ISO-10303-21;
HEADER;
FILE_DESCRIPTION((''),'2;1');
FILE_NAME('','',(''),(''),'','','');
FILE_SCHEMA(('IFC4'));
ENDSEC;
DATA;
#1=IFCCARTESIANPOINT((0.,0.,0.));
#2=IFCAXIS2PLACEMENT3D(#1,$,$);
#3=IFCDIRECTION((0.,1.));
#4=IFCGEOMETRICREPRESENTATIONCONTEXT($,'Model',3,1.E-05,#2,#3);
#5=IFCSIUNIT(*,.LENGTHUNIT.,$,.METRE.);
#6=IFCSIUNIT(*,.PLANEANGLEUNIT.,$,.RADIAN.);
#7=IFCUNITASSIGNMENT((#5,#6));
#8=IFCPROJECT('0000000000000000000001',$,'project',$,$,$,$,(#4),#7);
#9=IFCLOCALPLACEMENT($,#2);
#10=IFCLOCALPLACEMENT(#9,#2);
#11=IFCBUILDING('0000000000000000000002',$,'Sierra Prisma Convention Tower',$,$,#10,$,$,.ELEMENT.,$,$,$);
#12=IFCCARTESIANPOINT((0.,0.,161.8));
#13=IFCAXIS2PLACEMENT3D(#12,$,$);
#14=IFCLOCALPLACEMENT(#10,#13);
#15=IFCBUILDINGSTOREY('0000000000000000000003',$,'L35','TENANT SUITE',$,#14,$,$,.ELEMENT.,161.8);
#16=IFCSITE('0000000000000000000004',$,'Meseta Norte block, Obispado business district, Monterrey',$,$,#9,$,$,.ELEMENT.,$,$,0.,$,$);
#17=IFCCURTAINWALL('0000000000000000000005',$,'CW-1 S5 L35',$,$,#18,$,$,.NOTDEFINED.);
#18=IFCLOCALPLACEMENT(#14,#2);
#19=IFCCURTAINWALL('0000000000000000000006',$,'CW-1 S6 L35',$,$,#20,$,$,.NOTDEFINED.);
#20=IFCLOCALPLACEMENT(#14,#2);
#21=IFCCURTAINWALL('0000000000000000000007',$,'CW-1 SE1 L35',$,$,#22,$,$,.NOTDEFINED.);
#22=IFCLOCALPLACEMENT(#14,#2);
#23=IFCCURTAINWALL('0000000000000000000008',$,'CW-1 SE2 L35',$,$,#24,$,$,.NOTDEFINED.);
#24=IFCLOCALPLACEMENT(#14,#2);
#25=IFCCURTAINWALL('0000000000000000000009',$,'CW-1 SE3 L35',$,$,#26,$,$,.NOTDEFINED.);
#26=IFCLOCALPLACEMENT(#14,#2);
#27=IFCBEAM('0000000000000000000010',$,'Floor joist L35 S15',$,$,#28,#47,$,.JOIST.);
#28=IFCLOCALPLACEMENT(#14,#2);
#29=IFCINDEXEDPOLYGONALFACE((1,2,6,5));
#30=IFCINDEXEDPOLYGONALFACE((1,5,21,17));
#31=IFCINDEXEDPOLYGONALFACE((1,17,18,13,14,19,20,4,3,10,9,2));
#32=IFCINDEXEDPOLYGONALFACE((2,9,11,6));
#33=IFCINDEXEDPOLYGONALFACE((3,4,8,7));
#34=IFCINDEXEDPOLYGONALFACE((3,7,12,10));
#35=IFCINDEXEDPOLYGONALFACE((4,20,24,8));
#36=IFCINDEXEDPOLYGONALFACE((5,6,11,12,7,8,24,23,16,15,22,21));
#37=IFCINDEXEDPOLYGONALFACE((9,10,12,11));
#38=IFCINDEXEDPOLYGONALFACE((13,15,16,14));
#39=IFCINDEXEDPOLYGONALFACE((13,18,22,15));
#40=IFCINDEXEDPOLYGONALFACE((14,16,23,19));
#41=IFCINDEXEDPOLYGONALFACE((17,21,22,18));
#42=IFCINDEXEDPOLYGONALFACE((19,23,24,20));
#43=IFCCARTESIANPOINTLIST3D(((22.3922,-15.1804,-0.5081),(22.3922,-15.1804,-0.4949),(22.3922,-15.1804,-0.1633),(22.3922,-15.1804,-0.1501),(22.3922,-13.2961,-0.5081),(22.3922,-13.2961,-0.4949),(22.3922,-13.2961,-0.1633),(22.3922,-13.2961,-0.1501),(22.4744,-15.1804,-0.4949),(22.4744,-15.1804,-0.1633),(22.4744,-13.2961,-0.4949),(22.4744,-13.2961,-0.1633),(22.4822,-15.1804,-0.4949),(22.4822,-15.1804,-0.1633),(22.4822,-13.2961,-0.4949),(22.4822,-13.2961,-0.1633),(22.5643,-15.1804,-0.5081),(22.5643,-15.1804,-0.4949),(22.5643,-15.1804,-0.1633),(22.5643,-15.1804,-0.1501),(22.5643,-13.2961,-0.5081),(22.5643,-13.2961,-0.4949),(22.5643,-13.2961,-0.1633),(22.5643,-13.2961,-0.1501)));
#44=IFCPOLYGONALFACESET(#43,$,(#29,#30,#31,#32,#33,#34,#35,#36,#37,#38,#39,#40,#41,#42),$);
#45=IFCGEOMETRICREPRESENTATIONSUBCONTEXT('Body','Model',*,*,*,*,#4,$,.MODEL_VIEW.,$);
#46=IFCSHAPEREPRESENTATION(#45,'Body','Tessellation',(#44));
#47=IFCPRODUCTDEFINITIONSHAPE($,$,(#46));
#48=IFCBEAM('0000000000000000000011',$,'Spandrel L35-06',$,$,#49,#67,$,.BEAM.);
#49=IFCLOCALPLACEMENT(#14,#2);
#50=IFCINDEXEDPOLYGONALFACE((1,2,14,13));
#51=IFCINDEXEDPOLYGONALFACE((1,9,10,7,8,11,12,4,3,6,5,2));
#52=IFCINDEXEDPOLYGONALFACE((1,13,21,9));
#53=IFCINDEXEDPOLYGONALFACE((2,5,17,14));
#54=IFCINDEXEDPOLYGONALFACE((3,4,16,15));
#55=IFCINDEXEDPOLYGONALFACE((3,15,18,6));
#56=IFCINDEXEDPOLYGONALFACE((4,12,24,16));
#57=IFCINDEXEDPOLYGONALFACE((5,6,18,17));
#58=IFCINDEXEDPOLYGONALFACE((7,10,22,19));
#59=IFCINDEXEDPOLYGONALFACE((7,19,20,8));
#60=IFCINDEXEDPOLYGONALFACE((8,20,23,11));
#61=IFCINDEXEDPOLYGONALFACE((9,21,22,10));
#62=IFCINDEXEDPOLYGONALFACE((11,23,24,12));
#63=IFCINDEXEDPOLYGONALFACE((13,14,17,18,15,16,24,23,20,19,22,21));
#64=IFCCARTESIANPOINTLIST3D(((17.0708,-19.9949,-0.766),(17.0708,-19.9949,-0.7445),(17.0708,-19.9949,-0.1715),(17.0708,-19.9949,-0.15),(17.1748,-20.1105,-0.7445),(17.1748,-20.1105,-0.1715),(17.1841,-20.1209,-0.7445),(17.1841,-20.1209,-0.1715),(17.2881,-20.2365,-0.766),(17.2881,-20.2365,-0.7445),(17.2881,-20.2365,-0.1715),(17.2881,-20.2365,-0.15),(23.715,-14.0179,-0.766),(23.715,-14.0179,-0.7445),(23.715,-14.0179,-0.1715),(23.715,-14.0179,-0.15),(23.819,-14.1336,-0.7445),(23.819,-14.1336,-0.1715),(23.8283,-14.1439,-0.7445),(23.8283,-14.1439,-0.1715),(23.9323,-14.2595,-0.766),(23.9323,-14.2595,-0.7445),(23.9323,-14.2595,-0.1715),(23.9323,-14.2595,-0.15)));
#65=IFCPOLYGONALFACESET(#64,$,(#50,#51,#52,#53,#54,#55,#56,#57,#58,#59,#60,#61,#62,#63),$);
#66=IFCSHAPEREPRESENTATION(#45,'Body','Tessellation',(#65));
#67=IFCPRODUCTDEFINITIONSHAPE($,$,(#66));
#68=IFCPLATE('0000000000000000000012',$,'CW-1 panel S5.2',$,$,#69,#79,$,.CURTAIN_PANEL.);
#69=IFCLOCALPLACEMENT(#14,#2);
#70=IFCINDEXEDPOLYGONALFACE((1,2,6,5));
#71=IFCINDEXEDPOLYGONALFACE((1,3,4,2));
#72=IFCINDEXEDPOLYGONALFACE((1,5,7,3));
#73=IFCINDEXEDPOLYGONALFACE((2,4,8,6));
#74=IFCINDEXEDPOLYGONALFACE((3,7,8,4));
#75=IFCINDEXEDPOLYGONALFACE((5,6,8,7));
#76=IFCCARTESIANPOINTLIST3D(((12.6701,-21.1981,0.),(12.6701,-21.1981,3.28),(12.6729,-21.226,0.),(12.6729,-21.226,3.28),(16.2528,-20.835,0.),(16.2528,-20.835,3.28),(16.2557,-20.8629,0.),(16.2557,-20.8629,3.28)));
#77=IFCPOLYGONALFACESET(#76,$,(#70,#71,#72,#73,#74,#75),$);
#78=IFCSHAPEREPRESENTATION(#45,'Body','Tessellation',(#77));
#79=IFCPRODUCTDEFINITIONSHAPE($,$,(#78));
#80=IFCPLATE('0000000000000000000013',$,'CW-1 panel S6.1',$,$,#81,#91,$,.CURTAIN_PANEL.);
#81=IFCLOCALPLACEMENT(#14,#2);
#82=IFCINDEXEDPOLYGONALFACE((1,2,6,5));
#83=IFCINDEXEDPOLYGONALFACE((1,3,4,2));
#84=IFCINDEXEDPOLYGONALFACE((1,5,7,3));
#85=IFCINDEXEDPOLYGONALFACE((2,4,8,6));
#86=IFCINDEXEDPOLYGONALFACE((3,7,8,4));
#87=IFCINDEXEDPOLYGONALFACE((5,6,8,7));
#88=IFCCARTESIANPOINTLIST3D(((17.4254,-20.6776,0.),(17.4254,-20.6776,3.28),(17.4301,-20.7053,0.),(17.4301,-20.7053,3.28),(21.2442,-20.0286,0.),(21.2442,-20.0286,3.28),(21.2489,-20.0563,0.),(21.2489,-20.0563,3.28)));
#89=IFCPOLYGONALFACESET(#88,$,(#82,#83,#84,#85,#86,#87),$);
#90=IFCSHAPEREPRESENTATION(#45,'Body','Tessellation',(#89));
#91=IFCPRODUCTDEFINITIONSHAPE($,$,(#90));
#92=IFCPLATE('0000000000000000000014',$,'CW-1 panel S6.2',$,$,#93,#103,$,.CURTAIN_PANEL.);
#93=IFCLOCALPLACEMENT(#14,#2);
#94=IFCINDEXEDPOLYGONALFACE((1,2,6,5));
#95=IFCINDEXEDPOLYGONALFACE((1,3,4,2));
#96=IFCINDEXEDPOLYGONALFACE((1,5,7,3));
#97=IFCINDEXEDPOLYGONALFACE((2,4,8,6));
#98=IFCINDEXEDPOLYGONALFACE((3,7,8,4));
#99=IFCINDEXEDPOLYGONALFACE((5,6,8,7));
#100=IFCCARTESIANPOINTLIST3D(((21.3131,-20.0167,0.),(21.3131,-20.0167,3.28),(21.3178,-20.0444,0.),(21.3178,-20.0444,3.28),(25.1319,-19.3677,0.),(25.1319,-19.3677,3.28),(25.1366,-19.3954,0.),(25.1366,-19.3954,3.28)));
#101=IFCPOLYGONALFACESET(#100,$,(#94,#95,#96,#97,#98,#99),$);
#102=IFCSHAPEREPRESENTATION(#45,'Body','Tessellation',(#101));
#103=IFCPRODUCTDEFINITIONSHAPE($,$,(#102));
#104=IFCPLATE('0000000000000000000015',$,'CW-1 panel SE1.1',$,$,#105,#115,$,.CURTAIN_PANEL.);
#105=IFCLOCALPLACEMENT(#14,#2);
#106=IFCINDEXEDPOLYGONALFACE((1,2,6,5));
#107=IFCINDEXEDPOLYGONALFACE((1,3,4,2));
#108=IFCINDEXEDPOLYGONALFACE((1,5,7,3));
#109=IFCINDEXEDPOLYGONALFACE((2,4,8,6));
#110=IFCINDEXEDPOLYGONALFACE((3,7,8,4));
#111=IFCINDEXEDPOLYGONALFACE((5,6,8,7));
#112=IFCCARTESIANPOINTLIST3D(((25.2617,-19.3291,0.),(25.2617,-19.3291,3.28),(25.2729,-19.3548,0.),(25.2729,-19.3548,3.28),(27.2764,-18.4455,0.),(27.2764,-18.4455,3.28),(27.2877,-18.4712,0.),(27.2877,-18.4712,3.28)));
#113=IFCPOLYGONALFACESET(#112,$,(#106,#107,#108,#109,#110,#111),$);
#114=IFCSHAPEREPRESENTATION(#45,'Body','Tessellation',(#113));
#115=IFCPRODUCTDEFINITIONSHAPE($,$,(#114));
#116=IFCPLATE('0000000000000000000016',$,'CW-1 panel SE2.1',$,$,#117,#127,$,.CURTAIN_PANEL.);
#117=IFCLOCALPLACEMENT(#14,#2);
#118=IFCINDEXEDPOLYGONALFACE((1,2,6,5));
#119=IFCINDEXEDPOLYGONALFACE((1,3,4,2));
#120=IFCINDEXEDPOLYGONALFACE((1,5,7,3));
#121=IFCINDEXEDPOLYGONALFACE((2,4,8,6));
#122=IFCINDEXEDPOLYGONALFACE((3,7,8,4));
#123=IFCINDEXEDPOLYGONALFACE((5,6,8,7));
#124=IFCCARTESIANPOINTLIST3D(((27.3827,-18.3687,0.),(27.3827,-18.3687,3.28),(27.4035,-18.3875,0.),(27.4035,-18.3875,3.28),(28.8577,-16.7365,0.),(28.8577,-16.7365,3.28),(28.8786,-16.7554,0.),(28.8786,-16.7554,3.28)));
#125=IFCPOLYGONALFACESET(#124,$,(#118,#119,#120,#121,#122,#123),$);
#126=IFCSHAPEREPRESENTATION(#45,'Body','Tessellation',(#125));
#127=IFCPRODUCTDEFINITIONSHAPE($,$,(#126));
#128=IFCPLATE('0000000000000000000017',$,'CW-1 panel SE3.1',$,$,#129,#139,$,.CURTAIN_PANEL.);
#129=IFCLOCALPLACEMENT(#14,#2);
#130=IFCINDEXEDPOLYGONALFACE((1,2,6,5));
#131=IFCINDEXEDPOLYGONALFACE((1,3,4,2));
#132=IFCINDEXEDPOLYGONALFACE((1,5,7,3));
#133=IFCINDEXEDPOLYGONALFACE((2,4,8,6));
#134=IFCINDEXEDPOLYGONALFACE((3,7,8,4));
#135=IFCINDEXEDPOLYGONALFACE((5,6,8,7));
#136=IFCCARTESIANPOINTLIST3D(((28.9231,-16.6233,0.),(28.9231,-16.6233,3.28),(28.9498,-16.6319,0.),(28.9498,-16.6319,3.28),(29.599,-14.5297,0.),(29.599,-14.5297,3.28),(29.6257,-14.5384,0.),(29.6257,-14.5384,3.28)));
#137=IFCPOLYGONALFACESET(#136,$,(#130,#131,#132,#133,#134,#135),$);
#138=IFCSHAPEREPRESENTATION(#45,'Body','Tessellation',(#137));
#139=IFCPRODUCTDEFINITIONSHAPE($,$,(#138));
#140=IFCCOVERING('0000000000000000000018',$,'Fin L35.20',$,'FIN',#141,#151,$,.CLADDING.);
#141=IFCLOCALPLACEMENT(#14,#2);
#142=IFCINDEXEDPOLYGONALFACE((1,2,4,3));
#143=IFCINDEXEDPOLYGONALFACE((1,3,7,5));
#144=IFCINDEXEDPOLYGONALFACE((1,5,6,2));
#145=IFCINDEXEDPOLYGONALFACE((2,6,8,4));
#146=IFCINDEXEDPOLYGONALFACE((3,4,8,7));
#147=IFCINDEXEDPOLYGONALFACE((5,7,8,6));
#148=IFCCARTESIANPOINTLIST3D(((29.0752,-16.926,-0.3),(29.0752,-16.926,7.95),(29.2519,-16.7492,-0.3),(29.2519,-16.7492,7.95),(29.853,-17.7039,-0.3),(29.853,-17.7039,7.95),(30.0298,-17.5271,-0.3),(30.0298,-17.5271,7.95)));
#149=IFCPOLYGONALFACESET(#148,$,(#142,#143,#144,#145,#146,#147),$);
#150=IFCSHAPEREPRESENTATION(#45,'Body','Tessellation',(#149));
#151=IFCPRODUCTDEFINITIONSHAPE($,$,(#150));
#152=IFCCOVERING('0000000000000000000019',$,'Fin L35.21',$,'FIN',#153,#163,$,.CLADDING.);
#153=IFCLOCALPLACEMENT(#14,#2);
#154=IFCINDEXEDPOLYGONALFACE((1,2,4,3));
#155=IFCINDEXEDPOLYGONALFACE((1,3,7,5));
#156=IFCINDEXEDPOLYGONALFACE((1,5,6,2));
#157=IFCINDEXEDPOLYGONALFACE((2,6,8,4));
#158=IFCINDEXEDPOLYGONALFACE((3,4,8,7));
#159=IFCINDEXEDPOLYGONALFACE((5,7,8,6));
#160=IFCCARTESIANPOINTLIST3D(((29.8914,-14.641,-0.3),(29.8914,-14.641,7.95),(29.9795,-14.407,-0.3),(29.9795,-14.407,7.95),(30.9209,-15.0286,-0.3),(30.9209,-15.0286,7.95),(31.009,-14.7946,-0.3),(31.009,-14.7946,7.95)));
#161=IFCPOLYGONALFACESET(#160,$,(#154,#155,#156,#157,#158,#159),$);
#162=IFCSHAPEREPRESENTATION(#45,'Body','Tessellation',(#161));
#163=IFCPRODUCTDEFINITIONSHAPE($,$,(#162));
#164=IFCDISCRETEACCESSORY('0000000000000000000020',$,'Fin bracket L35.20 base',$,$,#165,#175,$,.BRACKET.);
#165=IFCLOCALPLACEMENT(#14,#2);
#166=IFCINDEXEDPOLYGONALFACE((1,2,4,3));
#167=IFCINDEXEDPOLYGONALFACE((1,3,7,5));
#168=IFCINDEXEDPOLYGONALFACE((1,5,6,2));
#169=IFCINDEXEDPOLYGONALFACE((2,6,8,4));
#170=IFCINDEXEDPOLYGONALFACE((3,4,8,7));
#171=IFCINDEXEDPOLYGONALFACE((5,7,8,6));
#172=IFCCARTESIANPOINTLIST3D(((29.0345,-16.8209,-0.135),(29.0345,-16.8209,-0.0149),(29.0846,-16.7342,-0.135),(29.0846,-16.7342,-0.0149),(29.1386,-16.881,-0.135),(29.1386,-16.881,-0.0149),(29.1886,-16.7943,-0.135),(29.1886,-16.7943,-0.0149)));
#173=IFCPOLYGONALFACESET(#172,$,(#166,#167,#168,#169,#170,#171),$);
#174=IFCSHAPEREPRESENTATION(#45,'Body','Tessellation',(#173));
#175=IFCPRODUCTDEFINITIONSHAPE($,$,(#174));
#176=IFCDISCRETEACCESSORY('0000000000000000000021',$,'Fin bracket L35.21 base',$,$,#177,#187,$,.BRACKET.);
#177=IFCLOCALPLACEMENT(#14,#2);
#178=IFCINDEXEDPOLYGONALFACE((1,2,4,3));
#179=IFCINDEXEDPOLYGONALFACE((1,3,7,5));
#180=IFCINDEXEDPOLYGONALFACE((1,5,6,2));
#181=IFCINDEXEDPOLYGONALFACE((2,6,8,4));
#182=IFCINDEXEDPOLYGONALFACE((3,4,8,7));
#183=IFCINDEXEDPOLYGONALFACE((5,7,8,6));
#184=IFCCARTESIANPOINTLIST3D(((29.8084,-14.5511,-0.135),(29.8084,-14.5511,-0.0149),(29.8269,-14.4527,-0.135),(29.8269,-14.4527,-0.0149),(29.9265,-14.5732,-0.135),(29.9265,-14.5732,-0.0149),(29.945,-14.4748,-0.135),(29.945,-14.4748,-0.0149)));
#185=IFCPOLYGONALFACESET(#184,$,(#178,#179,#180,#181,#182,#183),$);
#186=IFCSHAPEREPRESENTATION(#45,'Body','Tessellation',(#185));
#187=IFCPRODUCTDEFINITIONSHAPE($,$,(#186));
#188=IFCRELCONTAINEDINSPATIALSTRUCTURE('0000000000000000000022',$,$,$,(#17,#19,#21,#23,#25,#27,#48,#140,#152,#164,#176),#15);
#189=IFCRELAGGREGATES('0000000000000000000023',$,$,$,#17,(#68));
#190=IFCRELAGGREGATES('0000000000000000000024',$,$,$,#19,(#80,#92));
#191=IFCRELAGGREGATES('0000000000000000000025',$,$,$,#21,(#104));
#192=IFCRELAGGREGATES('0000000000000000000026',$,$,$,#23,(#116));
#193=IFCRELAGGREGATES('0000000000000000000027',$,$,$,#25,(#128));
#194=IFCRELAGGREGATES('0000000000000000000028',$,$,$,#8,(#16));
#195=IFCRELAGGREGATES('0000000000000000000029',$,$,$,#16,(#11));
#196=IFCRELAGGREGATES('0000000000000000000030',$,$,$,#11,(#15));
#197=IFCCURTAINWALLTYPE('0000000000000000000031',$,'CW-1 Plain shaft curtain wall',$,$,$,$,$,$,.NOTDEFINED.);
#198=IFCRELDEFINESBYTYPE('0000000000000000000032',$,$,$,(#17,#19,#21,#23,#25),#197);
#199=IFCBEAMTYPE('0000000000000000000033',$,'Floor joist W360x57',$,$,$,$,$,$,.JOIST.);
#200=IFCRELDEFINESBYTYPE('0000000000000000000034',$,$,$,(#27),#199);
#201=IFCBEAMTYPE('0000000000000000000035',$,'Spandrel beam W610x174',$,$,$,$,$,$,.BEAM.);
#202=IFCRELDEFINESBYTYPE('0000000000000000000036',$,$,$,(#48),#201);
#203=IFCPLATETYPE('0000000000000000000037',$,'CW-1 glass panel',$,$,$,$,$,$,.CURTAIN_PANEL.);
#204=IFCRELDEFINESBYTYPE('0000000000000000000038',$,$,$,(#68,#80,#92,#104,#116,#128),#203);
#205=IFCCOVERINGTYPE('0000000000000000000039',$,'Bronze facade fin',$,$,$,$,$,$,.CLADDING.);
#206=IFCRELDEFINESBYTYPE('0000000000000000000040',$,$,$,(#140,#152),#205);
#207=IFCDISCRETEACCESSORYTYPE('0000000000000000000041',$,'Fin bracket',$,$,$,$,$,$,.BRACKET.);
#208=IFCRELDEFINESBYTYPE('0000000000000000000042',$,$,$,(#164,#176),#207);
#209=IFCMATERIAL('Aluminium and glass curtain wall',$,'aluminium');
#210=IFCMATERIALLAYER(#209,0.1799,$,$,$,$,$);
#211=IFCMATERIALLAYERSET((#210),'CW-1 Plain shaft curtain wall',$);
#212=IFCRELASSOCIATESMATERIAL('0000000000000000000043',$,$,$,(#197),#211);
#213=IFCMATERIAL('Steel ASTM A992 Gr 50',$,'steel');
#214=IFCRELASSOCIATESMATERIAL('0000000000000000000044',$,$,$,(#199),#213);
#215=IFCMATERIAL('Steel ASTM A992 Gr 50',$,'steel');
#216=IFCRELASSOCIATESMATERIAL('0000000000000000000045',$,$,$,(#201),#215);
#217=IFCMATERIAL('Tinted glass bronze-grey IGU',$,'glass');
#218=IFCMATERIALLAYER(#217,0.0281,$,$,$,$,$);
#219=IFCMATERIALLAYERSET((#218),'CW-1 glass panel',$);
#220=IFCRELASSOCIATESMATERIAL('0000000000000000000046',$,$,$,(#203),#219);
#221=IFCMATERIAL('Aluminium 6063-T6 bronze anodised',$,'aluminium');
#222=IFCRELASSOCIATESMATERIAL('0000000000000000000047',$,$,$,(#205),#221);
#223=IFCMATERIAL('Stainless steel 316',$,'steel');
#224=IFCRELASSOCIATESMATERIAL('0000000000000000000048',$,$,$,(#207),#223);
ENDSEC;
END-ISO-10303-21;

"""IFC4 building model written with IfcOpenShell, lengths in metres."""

from ifc_helpers import new_model, si_unit, direction, frame, origin, origin_2d, place, context, subcontext, project, spatial, rectangle, i_section, extrude, material, layer, layer_set, material_profile, profile_set, type_object, element, aggregate, save


model = new_model("IFC4")

# Units and contexts
model_context = context("Model", 3, precision=1e-05, world=origin(), true_north=direction((0.0, 1.0)))
body_context = subcontext(model_context, "Body", "Model", "MODEL_VIEW")
ifc_project = project(units=[si_unit("LENGTHUNIT", "METRE"), si_unit("PLANEANGLEUNIT", "RADIAN")], contexts=[model_context])

# Site, building, storey
site_placement = place(None, origin())
site = spatial("IfcSite", under=ifc_project, at=site_placement, Name="Meseta Norte block, Obispado business district, Monterrey", CompositionType="ELEMENT", RefElevation=0.0)
building_placement = place(site_placement, origin())
building = spatial("IfcBuilding", under=site, at=building_placement, Name="Sierra Prisma Convention Tower", CompositionType="ELEMENT")
storey_placement = place(building_placement, frame((0.0, 0.0, 161.8)))
storey = spatial("IfcBuildingStorey", under=building, at=storey_placement, Name="L35", Description="TENANT SUITE", CompositionType="ELEMENT", Elevation=161.8)

# Curtain walls
ifc_material_1 = material(Name="Aluminium and glass curtain wall", Category="aluminium")
ifc_layer_1 = layer(ifc_material_1, 0.1799)
ifc_layer_set_1 = layer_set([ifc_layer_1], Name="CW-1 Plain shaft curtain wall")
curtain_wall_type = type_object("IfcCurtainWallType", Name="CW-1 Plain shaft curtain wall", PredefinedType="NOTDEFINED", material=ifc_layer_set_1)
curtain_wall_1_placement = place(storey_placement, origin())
curtain_wall_1 = element("IfcCurtainWall", 1, at=curtain_wall_1_placement, inside=storey, type_object=curtain_wall_type, Name="CW-1 S5 L35", PredefinedType="NOTDEFINED")
curtain_wall_2_placement = place(storey_placement, origin())
curtain_wall_2 = element("IfcCurtainWall", 2, at=curtain_wall_2_placement, inside=storey, type_object=curtain_wall_type, Name="CW-1 S6 L35", PredefinedType="NOTDEFINED")
curtain_wall_3_placement = place(storey_placement, origin())
curtain_wall_3 = element("IfcCurtainWall", 3, at=curtain_wall_3_placement, inside=storey, type_object=curtain_wall_type, Name="CW-1 SE1 L35", PredefinedType="NOTDEFINED")
curtain_wall_4_placement = place(storey_placement, origin())
curtain_wall_4 = element("IfcCurtainWall", 4, at=curtain_wall_4_placement, inside=storey, type_object=curtain_wall_type, Name="CW-1 SE2 L35", PredefinedType="NOTDEFINED")
curtain_wall_5_placement = place(storey_placement, origin())
curtain_wall_5 = element("IfcCurtainWall", 5, at=curtain_wall_5_placement, inside=storey, type_object=curtain_wall_type, Name="CW-1 SE3 L35", PredefinedType="NOTDEFINED")

# Beams
ifc_material_2 = material(Name="Steel ASTM A992 Gr 50", Category="steel")
ifc_material_profile_1 = material_profile(ifc_material_2, i_section(OverallWidth=0.1721, OverallDepth=0.3579, WebThickness=0.0078, FlangeThickness=0.0132, at=origin_2d()), Name="W360x57")
ifc_profile_set_1 = profile_set([ifc_material_profile_1], Name="Steel ASTM A992 Gr 50")
beam_type_1 = type_object("IfcBeamType", Name="Floor joist W360x57", PredefinedType="JOIST", material=ifc_profile_set_1)
beam_1_placement = place(storey_placement, frame((22.4783, -15.1804, -0.3291), z_axis=(0.0, 1.0, 0.0), x_axis=(-1.0, 0.0, 0.0)))
element("IfcBeam", 6, at=beam_1_placement, inside=storey, type_object=beam_type_1, Name="Floor joist L35 S15", PredefinedType="JOIST", context=body_context, shape_type="SweptSolid", body=[
    extrude(i_section(OverallWidth=0.1721, OverallDepth=0.3579, WebThickness=0.0078, FlangeThickness=0.0132, at=origin_2d()), origin(), (0.0, 0.0, 1.0), 1.8843),
])
ifc_material_3 = material(Name="Steel ASTM A992 Gr 50", Category="steel")
ifc_material_profile_2 = material_profile(ifc_material_3, i_section(OverallWidth=0.325, OverallDepth=0.616, WebThickness=0.0139, FlangeThickness=0.0215, at=origin_2d()), Name="W610x174")
ifc_profile_set_2 = profile_set([ifc_material_profile_2], Name="Steel ASTM A992 Gr 50")
beam_type_2 = type_object("IfcBeamType", Name="Spandrel beam W610x174", PredefinedType="BEAM", material=ifc_profile_set_2)
beam_2_placement = place(storey_placement, frame((17.1794, -20.1157, -0.458), z_axis=(0.74345, 0.668791, 0.0), x_axis=(-0.668791, 0.74345, 0.0)))
element("IfcBeam", 7, at=beam_2_placement, inside=storey, type_object=beam_type_2, Name="Spandrel L35-06", PredefinedType="BEAM", context=body_context, shape_type="SweptSolid", body=[
    extrude(i_section(OverallWidth=0.325, OverallDepth=0.616, WebThickness=0.0139, FlangeThickness=0.0215, at=origin_2d()), origin(), (0.0, 0.0, 1.0), 8.937),
])

# Plates
ifc_material_4 = material(Name="Tinted glass bronze-grey IGU", Category="glass")
ifc_layer_2 = layer(ifc_material_4, 0.0281)
ifc_layer_set_2 = layer_set([ifc_layer_2], Name="CW-1 glass panel")
plate_type = type_object("IfcPlateType", Name="CW-1 glass panel", PredefinedType="CURTAIN_PANEL", material=ifc_layer_set_2)
plate_1_placement = place(storey_placement, frame((14.4629, -21.0305, 0.0), z_axis=(0.0, 0.0, 1.0), x_axis=(0.994903, 0.100833, 0.0)))
plate_1 = element("IfcPlate", 8, at=plate_1_placement, type_object=plate_type, Name="CW-1 panel S5.2", PredefinedType="CURTAIN_PANEL", context=body_context, shape_type="SweptSolid", body=[
    extrude(rectangle(XDim=3.6011, YDim=0.0281, at=origin_2d()), origin(), (0.0, 0.0, 1.0), 3.28),
])
aggregate(curtain_wall_1, [plate_1])
plate_2_placement = place(storey_placement, frame((19.3372, -20.3669, 0.0), z_axis=(0.0, 0.0, 1.0), x_axis=(0.985864, 0.167548, 0.0)))
plate_2 = element("IfcPlate", 9, at=plate_2_placement, type_object=plate_type, Name="CW-1 panel S6.1", PredefinedType="CURTAIN_PANEL", context=body_context, shape_type="SweptSolid", body=[
    extrude(rectangle(XDim=3.8735, YDim=0.0281, at=origin_2d()), origin(), (0.0, 0.0, 1.0), 3.28),
])
plate_3_placement = place(storey_placement, frame((23.2249, -19.7061, 0.0), z_axis=(0.0, 0.0, 1.0), x_axis=(0.985864, 0.167548, 0.0)))
plate_3 = element("IfcPlate", 10, at=plate_3_placement, type_object=plate_type, Name="CW-1 panel S6.2", PredefinedType="CURTAIN_PANEL", context=body_context, shape_type="SweptSolid", body=[
    extrude(rectangle(XDim=3.8735, YDim=0.0281, at=origin_2d()), origin(), (0.0, 0.0, 1.0), 3.28),
])
aggregate(curtain_wall_2, [plate_2, plate_3])
plate_4_placement = place(storey_placement, frame((26.2747, -18.9001, 0.0), z_axis=(0.0, 0.0, 1.0), x_axis=(0.915798, 0.40164, 0.0)))
plate_4 = element("IfcPlate", 11, at=plate_4_placement, type_object=plate_type, Name="CW-1 panel SE1.1", PredefinedType="CURTAIN_PANEL", context=body_context, shape_type="SweptSolid", body=[
    extrude(rectangle(XDim=2.2, YDim=0.0281, at=origin_2d()), origin(), (0.0, 0.0, 1.0), 3.28),
])
aggregate(curtain_wall_3, [plate_4])
plate_5_placement = place(storey_placement, frame((28.1306, -17.562, 0.0), z_axis=(0.0, 0.0, 1.0), x_axis=(0.67051, 0.741901, 0.0)))
plate_5 = element("IfcPlate", 12, at=plate_5_placement, type_object=plate_type, Name="CW-1 panel SE2.1", PredefinedType="CURTAIN_PANEL", context=body_context, shape_type="SweptSolid", body=[
    extrude(rectangle(XDim=2.2, YDim=0.0281, at=origin_2d()), origin(), (0.0, 0.0, 1.0), 3.28),
])
aggregate(curtain_wall_4, [plate_5])
plate_6_placement = place(storey_placement, frame((29.2744, -15.5808, 0.0), z_axis=(0.0, 0.0, 1.0), x_axis=(0.30725, 0.951629, 0.0)))
plate_6 = element("IfcPlate", 13, at=plate_6_placement, type_object=plate_type, Name="CW-1 panel SE3.1", PredefinedType="CURTAIN_PANEL", context=body_context, shape_type="SweptSolid", body=[
    extrude(rectangle(XDim=2.2, YDim=0.0281, at=origin_2d()), origin(), (0.0, 0.0, 1.0), 3.28),
])
aggregate(curtain_wall_5, [plate_6])

# Coverings
ifc_material_5 = material(Name="Aluminium 6063-T6 bronze anodised", Category="aluminium")
ifc_material_profile_3 = material_profile(ifc_material_5, rectangle(XDim=1.1001, YDim=0.25, at=origin_2d()), Name="ALU FIN 1100x250")
ifc_profile_set_3 = profile_set([ifc_material_profile_3], Name="Aluminium 6063-T6 bronze anodised")
covering_type = type_object("IfcCoveringType", Name="Bronze facade fin", PredefinedType="CLADDING", material=ifc_profile_set_3)
for number, where, z_axis, x_axis, name in (
    (14, (29.5525, -17.2266, -0.3), (0.0, 0.0, 1.0), (0.707107, -0.707107, 0.0), "Fin L35.20"),
    (15, (30.4502, -14.7178, -0.3), (0.0, 0.0, 1.0), (0.935877, -0.352327, 0.0), "Fin L35.21"),
):
    element("IfcCovering", number, at=place(storey_placement, frame(where, z_axis=z_axis, x_axis=x_axis)), inside=storey, type_object=covering_type, Name=name, ObjectType="FIN", PredefinedType="CLADDING", context=body_context, shape_type="SweptSolid", body=[
        extrude(rectangle(XDim=1.1001, YDim=0.25, at=origin_2d()), origin(), (0.0, 0.0, 1.0), 8.25),
    ])

# Discrete accessories
ifc_material_6 = material(Name="Stainless steel 316", Category="steel")
discrete_accessory_type = type_object("IfcDiscreteAccessoryType", Name="Fin bracket", PredefinedType="BRACKET", material=ifc_material_6)
for number, where, z_axis, x_axis, name in (
    (16, (29.1116, -16.8076, -0.135), (0.0, 0.0, 1.0), (0.866025, -0.5, 0.0), "Fin bracket L35.20 base"),
    (17, (29.8767, -14.5129, -0.135), (0.0, 0.0, 1.0), (0.98284, -0.184461, 0.0), "Fin bracket L35.21 base"),
):
    element("IfcDiscreteAccessory", number, at=place(storey_placement, frame(where, z_axis=z_axis, x_axis=x_axis)), inside=storey, type_object=discrete_accessory_type, Name=name, PredefinedType="BRACKET", context=body_context, shape_type="SweptSolid", body=[
        extrude(rectangle(XDim=0.1201, YDim=0.1001, at=origin_2d()), origin(), (0.0, 0.0, 1.0), 0.1201),
    ])

save(model, "model.ifc")
